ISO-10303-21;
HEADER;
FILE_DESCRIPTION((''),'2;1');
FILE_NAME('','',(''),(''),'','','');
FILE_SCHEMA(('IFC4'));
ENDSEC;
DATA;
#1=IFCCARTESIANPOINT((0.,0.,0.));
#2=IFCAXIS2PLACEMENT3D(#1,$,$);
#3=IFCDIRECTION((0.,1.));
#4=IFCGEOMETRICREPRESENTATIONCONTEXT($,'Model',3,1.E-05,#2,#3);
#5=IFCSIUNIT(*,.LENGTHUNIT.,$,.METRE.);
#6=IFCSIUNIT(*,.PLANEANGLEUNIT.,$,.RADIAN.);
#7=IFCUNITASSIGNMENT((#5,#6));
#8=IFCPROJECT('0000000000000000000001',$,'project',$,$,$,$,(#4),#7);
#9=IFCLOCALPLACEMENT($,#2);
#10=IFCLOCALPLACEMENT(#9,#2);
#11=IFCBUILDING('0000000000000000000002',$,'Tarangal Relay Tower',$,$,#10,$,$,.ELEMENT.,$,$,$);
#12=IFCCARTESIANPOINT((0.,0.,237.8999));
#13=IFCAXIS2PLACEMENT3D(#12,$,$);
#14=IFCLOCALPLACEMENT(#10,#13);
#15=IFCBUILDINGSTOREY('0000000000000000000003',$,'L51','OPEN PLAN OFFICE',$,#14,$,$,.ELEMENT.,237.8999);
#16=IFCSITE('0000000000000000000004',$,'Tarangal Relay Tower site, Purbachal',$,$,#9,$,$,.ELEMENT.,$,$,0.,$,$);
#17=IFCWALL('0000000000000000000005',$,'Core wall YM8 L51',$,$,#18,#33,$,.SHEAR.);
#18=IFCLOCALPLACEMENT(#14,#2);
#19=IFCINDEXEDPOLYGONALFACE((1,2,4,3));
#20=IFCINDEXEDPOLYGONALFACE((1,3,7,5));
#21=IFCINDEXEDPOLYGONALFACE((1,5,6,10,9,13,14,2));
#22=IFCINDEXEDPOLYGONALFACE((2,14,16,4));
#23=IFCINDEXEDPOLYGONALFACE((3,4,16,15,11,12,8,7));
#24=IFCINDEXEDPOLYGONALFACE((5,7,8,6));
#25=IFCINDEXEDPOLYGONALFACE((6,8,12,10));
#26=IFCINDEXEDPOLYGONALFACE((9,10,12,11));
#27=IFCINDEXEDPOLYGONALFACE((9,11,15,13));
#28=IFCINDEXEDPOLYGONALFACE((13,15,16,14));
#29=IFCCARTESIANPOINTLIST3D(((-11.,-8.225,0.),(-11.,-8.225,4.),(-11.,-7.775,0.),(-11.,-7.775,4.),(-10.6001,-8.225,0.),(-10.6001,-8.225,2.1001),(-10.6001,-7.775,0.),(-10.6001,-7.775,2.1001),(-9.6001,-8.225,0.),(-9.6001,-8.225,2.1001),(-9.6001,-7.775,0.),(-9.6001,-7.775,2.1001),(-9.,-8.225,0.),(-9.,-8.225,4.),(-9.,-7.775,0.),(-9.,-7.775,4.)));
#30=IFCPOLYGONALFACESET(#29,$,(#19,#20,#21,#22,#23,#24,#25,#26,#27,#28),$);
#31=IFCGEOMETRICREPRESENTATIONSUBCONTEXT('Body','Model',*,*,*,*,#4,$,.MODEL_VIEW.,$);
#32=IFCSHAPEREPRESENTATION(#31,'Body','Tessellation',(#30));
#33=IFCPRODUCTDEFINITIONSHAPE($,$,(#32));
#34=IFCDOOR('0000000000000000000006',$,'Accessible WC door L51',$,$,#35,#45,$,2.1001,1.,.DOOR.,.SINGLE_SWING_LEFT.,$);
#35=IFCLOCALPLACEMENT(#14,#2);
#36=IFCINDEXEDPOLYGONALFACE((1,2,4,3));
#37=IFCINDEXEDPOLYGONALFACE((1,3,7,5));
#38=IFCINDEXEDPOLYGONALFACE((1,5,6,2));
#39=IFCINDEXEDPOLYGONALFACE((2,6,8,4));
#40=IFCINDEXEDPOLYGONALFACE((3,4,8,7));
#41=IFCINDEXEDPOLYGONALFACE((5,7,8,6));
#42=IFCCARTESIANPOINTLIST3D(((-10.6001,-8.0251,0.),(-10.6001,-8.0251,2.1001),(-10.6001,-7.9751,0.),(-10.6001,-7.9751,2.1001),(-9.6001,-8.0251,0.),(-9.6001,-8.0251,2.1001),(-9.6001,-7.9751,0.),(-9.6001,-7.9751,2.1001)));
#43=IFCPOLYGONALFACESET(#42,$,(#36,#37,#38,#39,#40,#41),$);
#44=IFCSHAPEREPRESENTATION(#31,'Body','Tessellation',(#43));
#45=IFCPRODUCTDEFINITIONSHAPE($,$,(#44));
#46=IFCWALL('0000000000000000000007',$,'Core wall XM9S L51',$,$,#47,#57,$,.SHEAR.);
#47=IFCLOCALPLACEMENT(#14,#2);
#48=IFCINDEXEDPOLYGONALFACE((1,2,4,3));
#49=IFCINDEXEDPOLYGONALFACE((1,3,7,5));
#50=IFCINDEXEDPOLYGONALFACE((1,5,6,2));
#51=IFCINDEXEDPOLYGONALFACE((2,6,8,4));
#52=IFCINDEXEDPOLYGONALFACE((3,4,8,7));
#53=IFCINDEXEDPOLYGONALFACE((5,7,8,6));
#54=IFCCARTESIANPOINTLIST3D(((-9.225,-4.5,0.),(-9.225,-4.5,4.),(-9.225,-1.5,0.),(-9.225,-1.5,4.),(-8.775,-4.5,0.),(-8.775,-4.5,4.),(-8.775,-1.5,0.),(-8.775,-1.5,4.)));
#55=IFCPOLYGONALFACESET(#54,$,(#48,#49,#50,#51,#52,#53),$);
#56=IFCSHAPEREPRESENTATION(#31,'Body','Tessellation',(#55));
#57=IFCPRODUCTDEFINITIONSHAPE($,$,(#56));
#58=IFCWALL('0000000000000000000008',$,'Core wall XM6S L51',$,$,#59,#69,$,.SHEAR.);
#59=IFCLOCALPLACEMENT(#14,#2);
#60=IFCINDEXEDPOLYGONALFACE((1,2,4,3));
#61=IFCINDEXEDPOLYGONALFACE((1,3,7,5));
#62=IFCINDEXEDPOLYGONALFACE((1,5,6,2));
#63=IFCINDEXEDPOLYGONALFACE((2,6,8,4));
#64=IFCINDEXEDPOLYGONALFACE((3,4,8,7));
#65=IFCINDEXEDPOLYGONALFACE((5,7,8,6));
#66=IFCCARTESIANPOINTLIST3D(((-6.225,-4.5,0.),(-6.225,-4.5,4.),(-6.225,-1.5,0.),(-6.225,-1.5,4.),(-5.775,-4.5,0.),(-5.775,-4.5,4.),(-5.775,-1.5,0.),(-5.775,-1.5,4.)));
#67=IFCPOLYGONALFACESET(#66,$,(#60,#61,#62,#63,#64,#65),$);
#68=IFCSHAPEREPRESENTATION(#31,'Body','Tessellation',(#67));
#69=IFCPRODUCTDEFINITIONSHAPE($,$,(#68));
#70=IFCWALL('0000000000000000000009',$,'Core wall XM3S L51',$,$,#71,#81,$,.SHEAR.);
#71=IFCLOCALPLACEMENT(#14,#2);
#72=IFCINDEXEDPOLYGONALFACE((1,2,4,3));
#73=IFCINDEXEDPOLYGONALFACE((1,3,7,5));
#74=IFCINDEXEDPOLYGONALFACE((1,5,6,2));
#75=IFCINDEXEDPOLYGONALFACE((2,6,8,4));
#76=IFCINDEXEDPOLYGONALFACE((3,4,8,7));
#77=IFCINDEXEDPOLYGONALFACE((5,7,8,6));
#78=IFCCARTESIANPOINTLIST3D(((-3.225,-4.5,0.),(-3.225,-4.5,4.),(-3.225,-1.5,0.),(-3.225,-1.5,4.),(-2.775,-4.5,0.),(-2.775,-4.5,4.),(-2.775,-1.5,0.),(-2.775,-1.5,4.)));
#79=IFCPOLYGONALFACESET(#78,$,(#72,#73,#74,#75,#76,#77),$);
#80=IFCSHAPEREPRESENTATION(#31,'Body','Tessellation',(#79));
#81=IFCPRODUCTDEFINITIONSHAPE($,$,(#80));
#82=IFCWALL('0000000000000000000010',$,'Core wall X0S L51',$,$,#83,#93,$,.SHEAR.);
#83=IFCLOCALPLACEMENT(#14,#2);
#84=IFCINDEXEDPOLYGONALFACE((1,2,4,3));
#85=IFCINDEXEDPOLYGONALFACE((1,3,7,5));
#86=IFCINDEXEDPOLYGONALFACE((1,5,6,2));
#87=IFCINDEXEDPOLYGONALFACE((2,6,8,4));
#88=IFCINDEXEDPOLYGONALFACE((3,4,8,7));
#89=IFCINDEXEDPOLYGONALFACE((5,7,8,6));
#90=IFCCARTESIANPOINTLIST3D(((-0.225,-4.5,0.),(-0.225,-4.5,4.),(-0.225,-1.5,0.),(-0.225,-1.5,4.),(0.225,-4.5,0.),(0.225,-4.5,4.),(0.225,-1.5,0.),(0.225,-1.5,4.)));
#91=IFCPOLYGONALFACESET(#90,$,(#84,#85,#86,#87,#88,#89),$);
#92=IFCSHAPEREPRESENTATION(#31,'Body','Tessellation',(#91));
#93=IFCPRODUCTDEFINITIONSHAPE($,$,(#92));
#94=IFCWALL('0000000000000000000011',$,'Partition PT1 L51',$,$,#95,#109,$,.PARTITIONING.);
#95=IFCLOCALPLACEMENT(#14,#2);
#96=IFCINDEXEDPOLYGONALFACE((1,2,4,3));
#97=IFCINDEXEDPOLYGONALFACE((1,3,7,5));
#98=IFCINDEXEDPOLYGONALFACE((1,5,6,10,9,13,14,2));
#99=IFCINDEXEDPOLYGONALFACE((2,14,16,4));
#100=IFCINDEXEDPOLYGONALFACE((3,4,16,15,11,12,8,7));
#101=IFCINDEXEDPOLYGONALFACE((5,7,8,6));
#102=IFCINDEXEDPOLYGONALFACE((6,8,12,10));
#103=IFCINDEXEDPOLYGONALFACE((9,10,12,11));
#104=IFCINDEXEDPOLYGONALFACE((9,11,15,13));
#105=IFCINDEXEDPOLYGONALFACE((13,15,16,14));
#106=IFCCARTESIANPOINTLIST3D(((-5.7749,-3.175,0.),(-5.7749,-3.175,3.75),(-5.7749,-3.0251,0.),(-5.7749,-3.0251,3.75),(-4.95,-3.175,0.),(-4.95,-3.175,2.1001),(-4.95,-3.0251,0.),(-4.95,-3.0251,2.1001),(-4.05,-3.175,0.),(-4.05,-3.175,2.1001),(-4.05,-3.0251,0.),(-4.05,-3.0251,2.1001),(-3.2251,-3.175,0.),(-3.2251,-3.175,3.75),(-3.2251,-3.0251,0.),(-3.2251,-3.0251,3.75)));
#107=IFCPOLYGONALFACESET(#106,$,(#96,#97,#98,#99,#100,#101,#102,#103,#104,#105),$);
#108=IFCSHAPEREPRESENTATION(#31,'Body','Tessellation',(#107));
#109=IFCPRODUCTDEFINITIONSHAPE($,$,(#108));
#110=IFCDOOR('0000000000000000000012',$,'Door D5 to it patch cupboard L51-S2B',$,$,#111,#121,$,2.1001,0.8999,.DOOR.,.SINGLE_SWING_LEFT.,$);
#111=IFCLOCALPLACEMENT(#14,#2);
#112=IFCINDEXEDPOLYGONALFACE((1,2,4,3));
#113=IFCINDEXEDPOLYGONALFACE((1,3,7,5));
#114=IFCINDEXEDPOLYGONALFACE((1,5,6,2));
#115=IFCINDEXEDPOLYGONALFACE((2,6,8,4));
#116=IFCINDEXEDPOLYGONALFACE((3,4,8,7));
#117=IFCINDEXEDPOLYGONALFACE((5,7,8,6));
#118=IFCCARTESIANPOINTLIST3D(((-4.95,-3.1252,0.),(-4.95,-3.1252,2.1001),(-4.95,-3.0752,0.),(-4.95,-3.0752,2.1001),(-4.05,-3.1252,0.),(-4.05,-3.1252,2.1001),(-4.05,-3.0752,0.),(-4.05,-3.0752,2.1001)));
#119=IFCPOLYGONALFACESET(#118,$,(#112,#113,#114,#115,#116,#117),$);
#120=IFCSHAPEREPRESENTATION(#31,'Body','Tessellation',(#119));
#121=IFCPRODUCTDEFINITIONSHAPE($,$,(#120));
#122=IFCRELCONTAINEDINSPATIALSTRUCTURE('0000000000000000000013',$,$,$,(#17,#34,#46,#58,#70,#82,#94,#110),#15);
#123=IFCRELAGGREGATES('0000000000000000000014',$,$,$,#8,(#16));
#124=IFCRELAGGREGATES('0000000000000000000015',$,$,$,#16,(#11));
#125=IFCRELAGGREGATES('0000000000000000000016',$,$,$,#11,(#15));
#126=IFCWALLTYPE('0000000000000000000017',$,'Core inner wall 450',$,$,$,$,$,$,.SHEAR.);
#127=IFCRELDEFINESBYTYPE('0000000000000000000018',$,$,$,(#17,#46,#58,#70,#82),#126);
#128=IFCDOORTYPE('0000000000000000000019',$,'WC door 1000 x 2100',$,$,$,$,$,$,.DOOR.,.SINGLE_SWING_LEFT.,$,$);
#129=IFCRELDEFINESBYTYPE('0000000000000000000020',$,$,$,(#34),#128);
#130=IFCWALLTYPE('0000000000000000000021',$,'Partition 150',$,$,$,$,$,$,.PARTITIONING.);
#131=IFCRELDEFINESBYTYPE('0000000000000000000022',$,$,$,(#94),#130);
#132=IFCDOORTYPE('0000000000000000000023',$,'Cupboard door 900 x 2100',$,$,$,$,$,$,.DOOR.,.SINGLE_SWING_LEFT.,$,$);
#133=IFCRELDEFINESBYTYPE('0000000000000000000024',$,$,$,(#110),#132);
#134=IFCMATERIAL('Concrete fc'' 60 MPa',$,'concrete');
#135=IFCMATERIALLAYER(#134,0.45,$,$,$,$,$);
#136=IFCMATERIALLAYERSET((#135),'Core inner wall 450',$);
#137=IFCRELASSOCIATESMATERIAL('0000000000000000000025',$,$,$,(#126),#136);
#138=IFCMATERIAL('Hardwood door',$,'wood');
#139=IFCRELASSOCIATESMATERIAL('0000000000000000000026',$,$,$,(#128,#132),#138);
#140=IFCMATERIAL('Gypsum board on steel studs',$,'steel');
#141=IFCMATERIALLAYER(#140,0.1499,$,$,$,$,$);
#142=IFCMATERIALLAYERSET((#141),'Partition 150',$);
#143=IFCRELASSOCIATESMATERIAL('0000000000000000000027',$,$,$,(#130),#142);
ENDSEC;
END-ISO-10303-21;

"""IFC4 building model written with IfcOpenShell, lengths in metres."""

from ifc_helpers import new_model, si_unit, direction, frame, frame_2d, origin, place, context, subcontext, project, spatial, rectangle, extrude, material, layer, layer_set, type_object, element, fill, save


model = new_model("IFC4")

# Units and contexts
model_context = context("Model", 3, precision=1e-05, world=origin(), true_north=direction((0.0, 1.0)))
body_context = subcontext(model_context, "Body", "Model", "MODEL_VIEW")
ifc_project = project(units=[si_unit("LENGTHUNIT", "METRE"), si_unit("PLANEANGLEUNIT", "RADIAN")], contexts=[model_context])

# Site, building, storey
site_placement = place(None, origin())
site = spatial("IfcSite", under=ifc_project, at=site_placement, Name="Tarangal Relay Tower site, Purbachal", CompositionType="ELEMENT", RefElevation=0.0)
building_placement = place(site_placement, origin())
building = spatial("IfcBuilding", under=site, at=building_placement, Name="Tarangal Relay Tower", CompositionType="ELEMENT")
storey_placement = place(building_placement, frame((0.0, 0.0, 237.8999)))
storey = spatial("IfcBuildingStorey", under=building, at=storey_placement, Name="L51", Description="OPEN PLAN OFFICE", CompositionType="ELEMENT", Elevation=237.8999)

# Shared definitions
ifc_material_1 = material(Name="Concrete fc' 60 MPa", Category="concrete")
ifc_layer_1 = layer(ifc_material_1, 0.45)
ifc_layer_set_1 = layer_set([ifc_layer_1], Name="Core inner wall 450")
wall_type_1 = type_object("IfcWallType", Name="Core inner wall 450", PredefinedType="SHEAR", material=ifc_layer_set_1)

# Wall, opening, door
wall_1_placement = place(storey_placement, frame((-11.0, -8.0, 0.0), z_axis=(0.0, 0.0, 1.0), x_axis=(1.0, 0.0, 0.0)))
wall_1 = element("IfcWall", 1, at=wall_1_placement, inside=storey, type_object=wall_type_1, Name="Core wall YM8 L51", PredefinedType="SHEAR", context=body_context, shape_type="SweptSolid", body=[
    extrude(rectangle(XDim=2.0, YDim=0.45, at=frame_2d((1.0, 0.0))), origin(), (0.0, 0.0, 1.0), 4.0),
])
opening_1_placement = place(wall_1_placement, frame((0.3999, 0.0, 0.0)))
opening_1 = element("IfcOpeningElement", 2, at=opening_1_placement, cuts=wall_1, PredefinedType="OPENING", context=body_context, shape_type="SweptSolid", body=[
    extrude(rectangle(XDim=1.0, YDim=2.1001, at=frame_2d((0.5, 1.05))), frame((0.0, 0.2349, 0.0), z_axis=(0.0, -1.0, 0.0), x_axis=(1.0, 0.0, 0.0)), (0.0, 0.0, 1.0), 0.47),
])
ifc_material_2 = material(Name="Hardwood door", Category="wood")
door_type_1 = type_object("IfcDoorType", Name="WC door 1000 x 2100", OperationType="SINGLE_SWING_LEFT", PredefinedType="DOOR", material=ifc_material_2)
door_1_placement = place(opening_1_placement, origin())
door_1 = element("IfcDoor", 3, at=door_1_placement, inside=storey, type_object=door_type_1, Name="Accessible WC door L51", OperationType="SINGLE_SWING_LEFT", OverallHeight=2.1001, OverallWidth=1.0, PredefinedType="DOOR", context=body_context, shape_type="SweptSolid", body=[
    extrude(rectangle(XDim=1.0, YDim=2.1001, at=frame_2d((0.5, 1.05))), frame((0.0, 0.0249, 0.0), z_axis=(0.0, -1.0, 0.0), x_axis=(1.0, 0.0, 0.0)), (0.0, 0.0, 1.0), 0.05),
])
fill(opening_1, door_1)

# Walls
for number, where, z_axis, x_axis, name in (
    (4, (-9.0, -4.5, 0.0), (0.0, 0.0, 1.0), (0.0, 1.0, 0.0), "Core wall XM9S L51"),
    (5, (-6.0, -4.5, 0.0), (0.0, 0.0, 1.0), (0.0, 1.0, 0.0), "Core wall XM6S L51"),
    (6, (-3.0, -4.5, 0.0), (0.0, 0.0, 1.0), (0.0, 1.0, 0.0), "Core wall XM3S L51"),
    (7, (0.0, -4.5, 0.0), (0.0, 0.0, 1.0), (0.0, 1.0, 0.0), "Core wall X0S L51"),
):
    element("IfcWall", number, at=place(storey_placement, frame(where, z_axis=z_axis, x_axis=x_axis)), inside=storey, type_object=wall_type_1, Name=name, PredefinedType="SHEAR", context=body_context, shape_type="SweptSolid", body=[
        extrude(rectangle(XDim=3.0, YDim=0.45, at=frame_2d((1.5, 0.0))), origin(), (0.0, 0.0, 1.0), 4.0),
    ])

# Wall, opening, door
ifc_material_3 = material(Name="Gypsum board on steel studs", Category="steel")
ifc_layer_2 = layer(ifc_material_3, 0.1499)
ifc_layer_set_2 = layer_set([ifc_layer_2], Name="Partition 150")
wall_type_2 = type_object("IfcWallType", Name="Partition 150", PredefinedType="PARTITIONING", material=ifc_layer_set_2)
wall_2_placement = place(storey_placement, frame((-5.7749, -3.1001, 0.0), z_axis=(0.0, 0.0, 1.0), x_axis=(1.0, 0.0, 0.0)))
wall_2 = element("IfcWall", 8, at=wall_2_placement, inside=storey, type_object=wall_type_2, Name="Partition PT1 L51", PredefinedType="PARTITIONING", context=body_context, shape_type="SweptSolid", body=[
    extrude(rectangle(XDim=2.5498, YDim=0.1499, at=frame_2d((1.2749, 0.0))), origin(), (0.0, 0.0, 1.0), 3.75),
])
opening_2_placement = place(wall_2_placement, frame((0.825, 0.0, 0.0)))
opening_2 = element("IfcOpeningElement", 9, at=opening_2_placement, cuts=wall_2, PredefinedType="OPENING", context=body_context, shape_type="SweptSolid", body=[
    extrude(rectangle(XDim=0.8999, YDim=2.1001, at=frame_2d((0.45, 1.05))), frame((0.0, 0.085, 0.0), z_axis=(0.0, -1.0, 0.0), x_axis=(1.0, 0.0, 0.0)), (0.0, 0.0, 1.0), 0.1699),
])
door_type_2 = type_object("IfcDoorType", Name="Cupboard door 900 x 2100", OperationType="SINGLE_SWING_LEFT", PredefinedType="DOOR", material=ifc_material_2)
door_2_placement = place(opening_2_placement, origin())
door_2 = element("IfcDoor", 10, at=door_2_placement, inside=storey, type_object=door_type_2, Name="Door D5 to it patch cupboard L51-S2B", OperationType="SINGLE_SWING_LEFT", OverallHeight=2.1001, OverallWidth=0.8999, PredefinedType="DOOR", context=body_context, shape_type="SweptSolid", body=[
    extrude(rectangle(XDim=0.8999, YDim=2.1001, at=frame_2d((0.45, 1.05))), frame((0.0, 0.0249, 0.0), z_axis=(0.0, -1.0, 0.0), x_axis=(1.0, 0.0, 0.0)), (0.0, 0.0, 1.0), 0.05),
])
fill(opening_2, door_2)

save(model, "model.ifc")
